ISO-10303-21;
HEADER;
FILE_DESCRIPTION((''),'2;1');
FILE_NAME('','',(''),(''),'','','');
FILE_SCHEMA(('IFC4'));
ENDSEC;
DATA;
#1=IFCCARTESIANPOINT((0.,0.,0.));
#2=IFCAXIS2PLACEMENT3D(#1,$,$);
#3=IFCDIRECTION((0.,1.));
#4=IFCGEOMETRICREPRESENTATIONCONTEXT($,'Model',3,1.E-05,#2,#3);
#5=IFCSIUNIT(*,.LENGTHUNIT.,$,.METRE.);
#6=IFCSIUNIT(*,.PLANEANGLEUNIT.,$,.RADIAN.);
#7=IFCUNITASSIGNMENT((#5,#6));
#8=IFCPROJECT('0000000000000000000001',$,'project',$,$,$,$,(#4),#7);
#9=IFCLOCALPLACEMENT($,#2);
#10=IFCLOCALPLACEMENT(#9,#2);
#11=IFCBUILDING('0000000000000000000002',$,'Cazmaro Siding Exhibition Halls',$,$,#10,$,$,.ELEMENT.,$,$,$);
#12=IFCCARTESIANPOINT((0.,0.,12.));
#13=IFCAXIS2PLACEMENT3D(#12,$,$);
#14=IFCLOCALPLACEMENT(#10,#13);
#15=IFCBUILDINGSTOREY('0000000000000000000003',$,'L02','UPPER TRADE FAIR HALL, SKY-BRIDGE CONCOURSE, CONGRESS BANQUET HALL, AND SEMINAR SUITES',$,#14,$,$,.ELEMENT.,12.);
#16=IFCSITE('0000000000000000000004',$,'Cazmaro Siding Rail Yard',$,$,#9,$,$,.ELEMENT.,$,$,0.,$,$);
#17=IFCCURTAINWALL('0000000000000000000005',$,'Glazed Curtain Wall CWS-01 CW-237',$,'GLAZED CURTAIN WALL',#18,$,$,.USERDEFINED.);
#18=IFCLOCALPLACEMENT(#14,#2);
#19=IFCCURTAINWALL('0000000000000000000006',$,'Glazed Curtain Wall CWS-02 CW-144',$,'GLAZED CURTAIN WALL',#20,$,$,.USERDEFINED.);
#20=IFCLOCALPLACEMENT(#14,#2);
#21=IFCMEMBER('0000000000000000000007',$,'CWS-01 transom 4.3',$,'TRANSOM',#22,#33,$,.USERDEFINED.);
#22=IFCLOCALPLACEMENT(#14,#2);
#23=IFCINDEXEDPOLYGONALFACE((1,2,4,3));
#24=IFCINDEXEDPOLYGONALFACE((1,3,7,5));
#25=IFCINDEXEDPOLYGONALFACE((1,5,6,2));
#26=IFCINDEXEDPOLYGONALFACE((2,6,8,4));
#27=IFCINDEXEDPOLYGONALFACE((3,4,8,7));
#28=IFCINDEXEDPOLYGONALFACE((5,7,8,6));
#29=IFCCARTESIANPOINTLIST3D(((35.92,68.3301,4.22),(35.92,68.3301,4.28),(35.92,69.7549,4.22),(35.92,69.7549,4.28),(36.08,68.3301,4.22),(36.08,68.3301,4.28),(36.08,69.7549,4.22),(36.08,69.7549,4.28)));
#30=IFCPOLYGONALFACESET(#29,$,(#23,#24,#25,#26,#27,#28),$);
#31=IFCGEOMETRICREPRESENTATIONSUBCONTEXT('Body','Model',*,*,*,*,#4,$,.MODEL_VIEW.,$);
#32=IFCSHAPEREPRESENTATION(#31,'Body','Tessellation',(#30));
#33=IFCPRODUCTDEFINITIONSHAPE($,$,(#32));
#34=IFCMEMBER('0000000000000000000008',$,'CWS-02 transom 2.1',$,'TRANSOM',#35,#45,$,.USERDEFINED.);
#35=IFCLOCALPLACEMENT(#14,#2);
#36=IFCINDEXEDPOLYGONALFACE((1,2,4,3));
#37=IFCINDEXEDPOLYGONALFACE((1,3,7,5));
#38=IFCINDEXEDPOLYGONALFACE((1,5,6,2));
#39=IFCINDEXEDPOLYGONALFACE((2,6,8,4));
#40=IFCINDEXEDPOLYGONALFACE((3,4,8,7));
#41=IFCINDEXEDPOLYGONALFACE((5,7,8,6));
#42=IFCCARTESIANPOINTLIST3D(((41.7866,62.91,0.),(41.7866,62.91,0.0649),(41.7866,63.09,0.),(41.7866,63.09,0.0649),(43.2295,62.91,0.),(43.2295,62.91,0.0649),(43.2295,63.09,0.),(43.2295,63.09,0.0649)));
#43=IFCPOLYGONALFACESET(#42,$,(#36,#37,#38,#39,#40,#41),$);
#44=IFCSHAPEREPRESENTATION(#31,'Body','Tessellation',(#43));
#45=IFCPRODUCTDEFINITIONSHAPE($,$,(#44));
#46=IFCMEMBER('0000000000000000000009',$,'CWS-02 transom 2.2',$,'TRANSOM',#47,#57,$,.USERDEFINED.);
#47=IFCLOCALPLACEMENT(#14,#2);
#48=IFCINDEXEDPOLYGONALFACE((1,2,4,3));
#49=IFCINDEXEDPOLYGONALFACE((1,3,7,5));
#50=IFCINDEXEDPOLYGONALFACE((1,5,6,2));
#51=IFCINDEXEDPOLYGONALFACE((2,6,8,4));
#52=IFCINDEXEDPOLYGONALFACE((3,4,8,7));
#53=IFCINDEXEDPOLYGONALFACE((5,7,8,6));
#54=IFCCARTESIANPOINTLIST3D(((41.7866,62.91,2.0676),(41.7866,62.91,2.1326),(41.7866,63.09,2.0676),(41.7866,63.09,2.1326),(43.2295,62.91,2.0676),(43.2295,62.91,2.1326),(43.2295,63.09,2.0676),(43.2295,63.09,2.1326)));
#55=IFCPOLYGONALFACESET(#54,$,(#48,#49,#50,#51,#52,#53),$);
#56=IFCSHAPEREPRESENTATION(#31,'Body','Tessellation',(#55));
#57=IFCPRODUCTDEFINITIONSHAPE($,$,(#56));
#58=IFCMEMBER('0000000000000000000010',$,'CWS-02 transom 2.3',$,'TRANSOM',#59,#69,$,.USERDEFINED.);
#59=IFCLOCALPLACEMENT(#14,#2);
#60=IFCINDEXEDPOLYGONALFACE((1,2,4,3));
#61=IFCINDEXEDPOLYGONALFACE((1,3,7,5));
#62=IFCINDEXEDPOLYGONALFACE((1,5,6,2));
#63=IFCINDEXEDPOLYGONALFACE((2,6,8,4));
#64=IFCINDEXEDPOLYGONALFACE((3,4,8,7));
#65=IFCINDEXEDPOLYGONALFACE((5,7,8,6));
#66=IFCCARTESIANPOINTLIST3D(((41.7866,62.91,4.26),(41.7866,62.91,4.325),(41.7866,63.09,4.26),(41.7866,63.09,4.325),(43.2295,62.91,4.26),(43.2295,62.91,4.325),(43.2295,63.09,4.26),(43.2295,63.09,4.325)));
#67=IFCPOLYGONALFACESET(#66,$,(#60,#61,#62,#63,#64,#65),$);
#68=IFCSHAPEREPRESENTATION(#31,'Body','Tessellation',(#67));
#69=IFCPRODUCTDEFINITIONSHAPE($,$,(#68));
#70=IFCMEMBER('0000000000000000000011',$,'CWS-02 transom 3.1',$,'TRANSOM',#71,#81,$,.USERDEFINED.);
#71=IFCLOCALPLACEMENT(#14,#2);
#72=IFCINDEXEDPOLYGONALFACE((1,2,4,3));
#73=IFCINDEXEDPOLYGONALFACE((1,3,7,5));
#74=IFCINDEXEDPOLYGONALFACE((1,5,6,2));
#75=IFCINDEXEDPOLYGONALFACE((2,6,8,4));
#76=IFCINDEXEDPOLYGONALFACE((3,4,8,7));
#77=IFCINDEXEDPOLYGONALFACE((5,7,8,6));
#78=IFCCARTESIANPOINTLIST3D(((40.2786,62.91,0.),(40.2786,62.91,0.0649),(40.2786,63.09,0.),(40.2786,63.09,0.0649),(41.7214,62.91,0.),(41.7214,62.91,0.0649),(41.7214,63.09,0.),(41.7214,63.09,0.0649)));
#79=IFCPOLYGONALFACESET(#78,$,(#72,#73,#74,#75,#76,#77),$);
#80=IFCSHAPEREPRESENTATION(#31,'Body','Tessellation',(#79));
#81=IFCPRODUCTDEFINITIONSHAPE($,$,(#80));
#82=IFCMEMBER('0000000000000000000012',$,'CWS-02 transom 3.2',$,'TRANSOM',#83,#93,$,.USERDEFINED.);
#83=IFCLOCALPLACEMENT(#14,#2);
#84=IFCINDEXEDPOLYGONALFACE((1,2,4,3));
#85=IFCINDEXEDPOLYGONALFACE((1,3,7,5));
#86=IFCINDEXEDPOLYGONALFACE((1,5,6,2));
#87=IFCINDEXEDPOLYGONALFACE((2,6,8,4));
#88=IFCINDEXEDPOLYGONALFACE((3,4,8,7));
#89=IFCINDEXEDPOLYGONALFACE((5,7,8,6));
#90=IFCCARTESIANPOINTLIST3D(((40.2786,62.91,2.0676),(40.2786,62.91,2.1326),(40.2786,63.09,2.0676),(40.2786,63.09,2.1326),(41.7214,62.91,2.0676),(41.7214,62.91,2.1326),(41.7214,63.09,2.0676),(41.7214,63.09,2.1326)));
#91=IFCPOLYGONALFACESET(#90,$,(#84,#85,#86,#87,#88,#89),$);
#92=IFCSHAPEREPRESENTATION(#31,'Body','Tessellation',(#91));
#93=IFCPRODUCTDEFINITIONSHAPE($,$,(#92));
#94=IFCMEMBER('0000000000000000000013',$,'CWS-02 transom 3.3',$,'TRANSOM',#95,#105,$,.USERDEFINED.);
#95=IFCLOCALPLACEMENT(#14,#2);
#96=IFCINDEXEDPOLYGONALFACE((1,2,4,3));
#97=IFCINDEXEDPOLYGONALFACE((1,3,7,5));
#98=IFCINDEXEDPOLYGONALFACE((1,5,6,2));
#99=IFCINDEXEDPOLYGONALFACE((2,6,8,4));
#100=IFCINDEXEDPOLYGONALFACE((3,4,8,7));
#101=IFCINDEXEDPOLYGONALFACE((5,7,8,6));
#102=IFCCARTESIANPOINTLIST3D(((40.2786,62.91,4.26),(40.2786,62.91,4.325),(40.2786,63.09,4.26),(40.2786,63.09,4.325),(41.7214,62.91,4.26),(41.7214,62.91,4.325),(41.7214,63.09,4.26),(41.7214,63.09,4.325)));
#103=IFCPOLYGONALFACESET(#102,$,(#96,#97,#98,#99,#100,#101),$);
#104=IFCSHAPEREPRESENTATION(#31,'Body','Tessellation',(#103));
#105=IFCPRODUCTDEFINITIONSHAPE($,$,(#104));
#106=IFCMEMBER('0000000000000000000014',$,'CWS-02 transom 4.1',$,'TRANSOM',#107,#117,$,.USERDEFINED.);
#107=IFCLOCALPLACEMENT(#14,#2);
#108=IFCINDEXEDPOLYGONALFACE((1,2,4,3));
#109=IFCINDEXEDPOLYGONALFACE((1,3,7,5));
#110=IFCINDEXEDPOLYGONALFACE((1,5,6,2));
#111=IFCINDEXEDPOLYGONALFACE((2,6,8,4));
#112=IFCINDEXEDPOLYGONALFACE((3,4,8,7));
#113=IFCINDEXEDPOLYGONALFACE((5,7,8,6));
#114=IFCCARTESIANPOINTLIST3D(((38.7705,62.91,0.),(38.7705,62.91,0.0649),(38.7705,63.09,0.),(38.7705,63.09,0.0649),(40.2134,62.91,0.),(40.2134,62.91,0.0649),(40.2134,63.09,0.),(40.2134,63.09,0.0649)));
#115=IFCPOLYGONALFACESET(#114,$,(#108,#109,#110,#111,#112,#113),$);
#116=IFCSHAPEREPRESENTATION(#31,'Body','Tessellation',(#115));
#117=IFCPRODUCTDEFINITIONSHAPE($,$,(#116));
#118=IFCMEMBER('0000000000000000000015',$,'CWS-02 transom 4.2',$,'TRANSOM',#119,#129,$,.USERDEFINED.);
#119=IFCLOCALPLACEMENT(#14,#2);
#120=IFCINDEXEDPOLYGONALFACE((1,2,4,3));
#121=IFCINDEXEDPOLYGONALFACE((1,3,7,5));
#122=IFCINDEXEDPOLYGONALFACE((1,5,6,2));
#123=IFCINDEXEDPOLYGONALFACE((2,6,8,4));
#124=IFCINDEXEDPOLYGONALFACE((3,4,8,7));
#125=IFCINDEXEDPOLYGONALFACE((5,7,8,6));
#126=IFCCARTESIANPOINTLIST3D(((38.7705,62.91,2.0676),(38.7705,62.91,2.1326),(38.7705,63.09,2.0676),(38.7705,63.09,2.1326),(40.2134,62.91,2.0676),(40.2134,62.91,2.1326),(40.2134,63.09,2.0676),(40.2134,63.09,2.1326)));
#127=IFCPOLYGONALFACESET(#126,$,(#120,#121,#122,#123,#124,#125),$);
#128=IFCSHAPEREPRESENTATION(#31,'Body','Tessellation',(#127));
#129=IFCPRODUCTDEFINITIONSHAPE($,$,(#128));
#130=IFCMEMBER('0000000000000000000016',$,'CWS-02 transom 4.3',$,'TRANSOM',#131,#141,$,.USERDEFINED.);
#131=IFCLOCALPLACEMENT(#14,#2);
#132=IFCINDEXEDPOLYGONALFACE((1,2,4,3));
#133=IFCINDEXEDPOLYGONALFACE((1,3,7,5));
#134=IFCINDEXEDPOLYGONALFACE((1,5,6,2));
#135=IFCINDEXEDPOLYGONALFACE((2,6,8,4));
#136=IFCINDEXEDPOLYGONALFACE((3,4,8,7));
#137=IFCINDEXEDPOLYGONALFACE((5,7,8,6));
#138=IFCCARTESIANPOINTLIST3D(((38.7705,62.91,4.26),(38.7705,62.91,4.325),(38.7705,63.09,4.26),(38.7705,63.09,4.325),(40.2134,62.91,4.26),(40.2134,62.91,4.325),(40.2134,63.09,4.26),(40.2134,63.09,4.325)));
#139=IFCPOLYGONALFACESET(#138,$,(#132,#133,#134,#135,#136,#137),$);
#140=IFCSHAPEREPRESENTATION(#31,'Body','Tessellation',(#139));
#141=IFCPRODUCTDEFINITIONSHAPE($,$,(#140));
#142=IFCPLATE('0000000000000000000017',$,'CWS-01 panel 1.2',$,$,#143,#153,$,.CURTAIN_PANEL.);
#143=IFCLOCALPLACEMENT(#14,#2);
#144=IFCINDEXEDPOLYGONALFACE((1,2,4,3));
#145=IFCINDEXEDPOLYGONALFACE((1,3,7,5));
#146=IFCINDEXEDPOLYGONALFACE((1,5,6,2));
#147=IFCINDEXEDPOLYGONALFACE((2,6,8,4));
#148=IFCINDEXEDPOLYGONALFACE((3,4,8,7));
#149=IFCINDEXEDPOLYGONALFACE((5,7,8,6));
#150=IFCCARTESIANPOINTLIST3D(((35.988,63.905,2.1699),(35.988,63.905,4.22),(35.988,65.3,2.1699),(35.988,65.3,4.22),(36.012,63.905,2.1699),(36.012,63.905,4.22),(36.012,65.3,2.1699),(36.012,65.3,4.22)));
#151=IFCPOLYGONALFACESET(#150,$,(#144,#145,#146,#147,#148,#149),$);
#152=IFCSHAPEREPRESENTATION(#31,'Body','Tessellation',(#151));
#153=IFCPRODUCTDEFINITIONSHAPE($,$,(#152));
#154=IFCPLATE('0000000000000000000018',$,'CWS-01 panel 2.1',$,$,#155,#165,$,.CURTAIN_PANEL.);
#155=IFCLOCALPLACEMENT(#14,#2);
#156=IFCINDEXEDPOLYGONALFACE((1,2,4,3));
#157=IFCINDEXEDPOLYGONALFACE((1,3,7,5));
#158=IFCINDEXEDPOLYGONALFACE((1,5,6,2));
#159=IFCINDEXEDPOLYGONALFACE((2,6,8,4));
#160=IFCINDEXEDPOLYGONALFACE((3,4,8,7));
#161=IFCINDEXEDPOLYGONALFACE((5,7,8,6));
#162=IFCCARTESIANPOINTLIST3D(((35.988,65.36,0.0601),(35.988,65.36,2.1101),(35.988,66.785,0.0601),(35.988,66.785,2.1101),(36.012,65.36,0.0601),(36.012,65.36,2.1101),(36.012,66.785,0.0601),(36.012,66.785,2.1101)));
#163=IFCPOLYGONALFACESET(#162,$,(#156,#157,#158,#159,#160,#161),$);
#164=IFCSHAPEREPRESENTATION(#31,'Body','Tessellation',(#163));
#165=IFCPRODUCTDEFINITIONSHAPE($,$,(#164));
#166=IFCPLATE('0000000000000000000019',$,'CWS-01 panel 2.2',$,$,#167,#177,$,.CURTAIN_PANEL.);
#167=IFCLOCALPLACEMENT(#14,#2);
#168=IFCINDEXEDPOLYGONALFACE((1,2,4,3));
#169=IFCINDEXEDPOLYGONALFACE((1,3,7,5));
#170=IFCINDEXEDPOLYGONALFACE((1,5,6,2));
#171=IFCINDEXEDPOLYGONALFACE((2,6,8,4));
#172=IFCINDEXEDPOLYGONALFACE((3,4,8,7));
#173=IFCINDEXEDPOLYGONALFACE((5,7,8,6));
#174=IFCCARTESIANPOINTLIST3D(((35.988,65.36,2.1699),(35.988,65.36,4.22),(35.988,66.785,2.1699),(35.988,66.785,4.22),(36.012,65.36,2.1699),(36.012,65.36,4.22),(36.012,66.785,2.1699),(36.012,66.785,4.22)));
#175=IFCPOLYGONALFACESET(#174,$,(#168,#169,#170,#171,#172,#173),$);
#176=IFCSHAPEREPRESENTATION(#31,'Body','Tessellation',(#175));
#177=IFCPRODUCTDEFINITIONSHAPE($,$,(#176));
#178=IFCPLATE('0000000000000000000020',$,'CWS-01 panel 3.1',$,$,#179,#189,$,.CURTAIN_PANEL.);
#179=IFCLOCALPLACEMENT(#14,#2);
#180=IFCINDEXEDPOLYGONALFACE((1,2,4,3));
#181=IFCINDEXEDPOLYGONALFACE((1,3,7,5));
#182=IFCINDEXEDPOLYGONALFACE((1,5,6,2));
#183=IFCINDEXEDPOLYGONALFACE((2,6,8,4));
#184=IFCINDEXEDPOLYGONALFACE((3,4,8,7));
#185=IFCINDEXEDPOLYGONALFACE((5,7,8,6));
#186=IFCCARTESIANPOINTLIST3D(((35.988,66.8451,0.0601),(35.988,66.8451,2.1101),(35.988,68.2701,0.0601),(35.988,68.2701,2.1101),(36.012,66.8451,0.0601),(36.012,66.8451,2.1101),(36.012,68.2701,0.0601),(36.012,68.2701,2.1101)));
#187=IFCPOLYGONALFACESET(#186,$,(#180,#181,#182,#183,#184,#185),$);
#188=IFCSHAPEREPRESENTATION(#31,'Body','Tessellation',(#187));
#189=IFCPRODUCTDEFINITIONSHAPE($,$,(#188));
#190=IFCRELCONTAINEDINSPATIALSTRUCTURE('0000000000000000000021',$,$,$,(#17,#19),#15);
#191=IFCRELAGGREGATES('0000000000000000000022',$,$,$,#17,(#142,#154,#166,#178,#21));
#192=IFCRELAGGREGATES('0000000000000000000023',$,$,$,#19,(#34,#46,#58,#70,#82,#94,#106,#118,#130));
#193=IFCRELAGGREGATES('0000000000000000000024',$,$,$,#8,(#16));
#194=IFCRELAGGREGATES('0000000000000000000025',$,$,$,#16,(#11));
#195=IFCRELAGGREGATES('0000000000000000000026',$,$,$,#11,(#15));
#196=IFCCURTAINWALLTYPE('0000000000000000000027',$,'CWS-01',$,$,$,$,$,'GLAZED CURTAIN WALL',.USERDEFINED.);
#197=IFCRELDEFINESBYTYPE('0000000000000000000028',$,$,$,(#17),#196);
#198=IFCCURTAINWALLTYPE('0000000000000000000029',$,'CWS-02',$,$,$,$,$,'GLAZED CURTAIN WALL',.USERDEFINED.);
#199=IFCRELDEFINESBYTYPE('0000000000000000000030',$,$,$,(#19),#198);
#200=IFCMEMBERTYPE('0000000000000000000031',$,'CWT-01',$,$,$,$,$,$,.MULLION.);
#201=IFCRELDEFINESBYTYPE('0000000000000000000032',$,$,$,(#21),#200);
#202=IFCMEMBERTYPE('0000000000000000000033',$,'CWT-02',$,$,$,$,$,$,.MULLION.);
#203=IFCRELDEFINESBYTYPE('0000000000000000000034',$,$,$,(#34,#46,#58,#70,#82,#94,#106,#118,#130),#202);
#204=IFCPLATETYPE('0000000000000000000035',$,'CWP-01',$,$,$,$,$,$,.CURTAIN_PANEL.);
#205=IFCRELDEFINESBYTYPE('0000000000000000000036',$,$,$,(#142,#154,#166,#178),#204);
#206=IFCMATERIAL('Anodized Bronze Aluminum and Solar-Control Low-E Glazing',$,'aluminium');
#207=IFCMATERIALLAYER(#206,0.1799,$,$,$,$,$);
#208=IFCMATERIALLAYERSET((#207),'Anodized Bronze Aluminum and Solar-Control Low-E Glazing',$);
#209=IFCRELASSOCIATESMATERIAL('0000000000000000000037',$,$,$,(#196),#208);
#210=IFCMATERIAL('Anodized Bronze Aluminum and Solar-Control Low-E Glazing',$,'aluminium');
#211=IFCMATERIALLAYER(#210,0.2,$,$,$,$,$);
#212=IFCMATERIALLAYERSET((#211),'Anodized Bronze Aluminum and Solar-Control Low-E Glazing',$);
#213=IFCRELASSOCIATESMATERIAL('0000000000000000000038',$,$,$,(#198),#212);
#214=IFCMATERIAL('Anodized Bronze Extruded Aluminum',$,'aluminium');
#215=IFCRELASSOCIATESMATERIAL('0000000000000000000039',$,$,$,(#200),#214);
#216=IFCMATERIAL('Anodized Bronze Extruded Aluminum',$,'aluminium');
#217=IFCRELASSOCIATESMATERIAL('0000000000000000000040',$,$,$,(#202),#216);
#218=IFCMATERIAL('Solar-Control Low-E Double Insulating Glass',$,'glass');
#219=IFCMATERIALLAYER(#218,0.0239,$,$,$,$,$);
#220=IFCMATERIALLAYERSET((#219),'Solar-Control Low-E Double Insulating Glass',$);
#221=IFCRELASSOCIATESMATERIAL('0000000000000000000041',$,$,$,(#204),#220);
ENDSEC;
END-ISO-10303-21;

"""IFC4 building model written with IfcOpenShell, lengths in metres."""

from ifc_helpers import new_model, si_unit, direction, frame, origin, origin_2d, place, context, subcontext, project, spatial, rectangle, extrude, material, layer, layer_set, material_profile, profile_set, type_object, element, aggregate, save


model = new_model("IFC4")

# Units and contexts
model_context = context("Model", 3, precision=1e-05, world=origin(), true_north=direction((0.0, 1.0)))
body_context = subcontext(model_context, "Body", "Model", "MODEL_VIEW")
ifc_project = project(units=[si_unit("LENGTHUNIT", "METRE"), si_unit("PLANEANGLEUNIT", "RADIAN")], contexts=[model_context])

# Site, building, storey
site_placement = place(None, origin())
site = spatial("IfcSite", under=ifc_project, at=site_placement, Name="Cazmaro Siding Rail Yard", CompositionType="ELEMENT", RefElevation=0.0)
building_placement = place(site_placement, origin())
building = spatial("IfcBuilding", under=site, at=building_placement, Name="Cazmaro Siding Exhibition Halls", CompositionType="ELEMENT")
storey_placement = place(building_placement, frame((0.0, 0.0, 12.0)))
storey = spatial("IfcBuildingStorey", under=building, at=storey_placement, Name="L02", Description="UPPER TRADE FAIR HALL, SKY-BRIDGE CONCOURSE, CONGRESS BANQUET HALL, AND SEMINAR SUITES", CompositionType="ELEMENT", Elevation=12.0)

# Curtain walls
ifc_material_1 = material(Name="Anodized Bronze Aluminum and Solar-Control Low-E Glazing", Category="aluminium")
ifc_layer_1 = layer(ifc_material_1, 0.1799)
ifc_layer_set_1 = layer_set([ifc_layer_1], Name="Anodized Bronze Aluminum and Solar-Control Low-E Glazing")
curtain_wall_type_1 = type_object("IfcCurtainWallType", Name="CWS-01", ElementType="GLAZED CURTAIN WALL", PredefinedType="USERDEFINED", material=ifc_layer_set_1)
curtain_wall_1_placement = place(storey_placement, origin())
curtain_wall_1 = element("IfcCurtainWall", 1, at=curtain_wall_1_placement, inside=storey, type_object=curtain_wall_type_1, Name="Glazed Curtain Wall CWS-01 CW-237", ObjectType="GLAZED CURTAIN WALL", PredefinedType="USERDEFINED")
ifc_material_2 = material(Name="Anodized Bronze Aluminum and Solar-Control Low-E Glazing", Category="aluminium")
ifc_layer_2 = layer(ifc_material_2, 0.2)
ifc_layer_set_2 = layer_set([ifc_layer_2], Name="Anodized Bronze Aluminum and Solar-Control Low-E Glazing")
curtain_wall_type_2 = type_object("IfcCurtainWallType", Name="CWS-02", ElementType="GLAZED CURTAIN WALL", PredefinedType="USERDEFINED", material=ifc_layer_set_2)
curtain_wall_2_placement = place(storey_placement, origin())
curtain_wall_2 = element("IfcCurtainWall", 2, at=curtain_wall_2_placement, inside=storey, type_object=curtain_wall_type_2, Name="Glazed Curtain Wall CWS-02 CW-144", ObjectType="GLAZED CURTAIN WALL", PredefinedType="USERDEFINED")

# Members
ifc_material_3 = material(Name="Anodized Bronze Extruded Aluminum", Category="aluminium")
ifc_material_profile_1 = material_profile(ifc_material_3, rectangle(XDim=0.1599, YDim=0.0601, at=origin_2d()), Name="CWT-01")
ifc_profile_set_1 = profile_set([ifc_material_profile_1], Name="Anodized Bronze Extruded Aluminum")
member_type_1 = type_object("IfcMemberType", Name="CWT-01", PredefinedType="MULLION", material=ifc_profile_set_1)
member_1_placement = place(storey_placement, frame((36.0, 68.3301, 4.25), z_axis=(0.0, 1.0, 0.0), x_axis=(-1.0, 0.0, 0.0)))
member_1 = element("IfcMember", 3, at=member_1_placement, type_object=member_type_1, Name="CWS-01 transom 4.3", ObjectType="TRANSOM", PredefinedType="USERDEFINED", context=body_context, shape_type="SweptSolid", body=[
    extrude(rectangle(XDim=0.1599, YDim=0.0601, at=origin_2d()), origin(), (0.0, 0.0, 1.0), 1.4248),
])
ifc_material_4 = material(Name="Anodized Bronze Extruded Aluminum", Category="aluminium")
ifc_material_profile_2 = material_profile(ifc_material_4, rectangle(XDim=0.1799, YDim=0.0649, at=origin_2d()), Name="CWT-02")
ifc_profile_set_2 = profile_set([ifc_material_profile_2], Name="Anodized Bronze Extruded Aluminum")
member_type_2 = type_object("IfcMemberType", Name="CWT-02", PredefinedType="MULLION", material=ifc_profile_set_2)
member_2_placement = place(storey_placement, frame((43.2295, 63.0, 0.0325), z_axis=(-1.0, 0.0, 0.0), x_axis=(0.0, -1.0, 0.0)))
member_2 = element("IfcMember", 4, at=member_2_placement, type_object=member_type_2, Name="CWS-02 transom 2.1", ObjectType="TRANSOM", PredefinedType="USERDEFINED", context=body_context, shape_type="SweptSolid", body=[
    extrude(rectangle(XDim=0.1799, YDim=0.0649, at=origin_2d()), origin(), (0.0, 0.0, 1.0), 1.4429),
])
member_3_placement = place(storey_placement, frame((43.2295, 63.0, 2.1001), z_axis=(-1.0, 0.0, 0.0), x_axis=(0.0, -1.0, 0.0)))
member_3 = element("IfcMember", 5, at=member_3_placement, type_object=member_type_2, Name="CWS-02 transom 2.2", ObjectType="TRANSOM", PredefinedType="USERDEFINED", context=body_context, shape_type="SweptSolid", body=[
    extrude(rectangle(XDim=0.1799, YDim=0.0649, at=origin_2d()), origin(), (0.0, 0.0, 1.0), 1.4429),
])
member_4_placement = place(storey_placement, frame((43.2295, 63.0, 4.2925), z_axis=(-1.0, 0.0, 0.0), x_axis=(0.0, -1.0, 0.0)))
member_4 = element("IfcMember", 6, at=member_4_placement, type_object=member_type_2, Name="CWS-02 transom 2.3", ObjectType="TRANSOM", PredefinedType="USERDEFINED", context=body_context, shape_type="SweptSolid", body=[
    extrude(rectangle(XDim=0.1799, YDim=0.0649, at=origin_2d()), origin(), (0.0, 0.0, 1.0), 1.4429),
])
member_5_placement = place(storey_placement, frame((41.7214, 63.0, 0.0325), z_axis=(-1.0, 0.0, 0.0), x_axis=(0.0, -1.0, 0.0)))
member_5 = element("IfcMember", 7, at=member_5_placement, type_object=member_type_2, Name="CWS-02 transom 3.1", ObjectType="TRANSOM", PredefinedType="USERDEFINED", context=body_context, shape_type="SweptSolid", body=[
    extrude(rectangle(XDim=0.1799, YDim=0.0649, at=origin_2d()), origin(), (0.0, 0.0, 1.0), 1.4429),
])
member_6_placement = place(storey_placement, frame((41.7214, 63.0, 2.1001), z_axis=(-1.0, 0.0, 0.0), x_axis=(0.0, -1.0, 0.0)))
member_6 = element("IfcMember", 8, at=member_6_placement, type_object=member_type_2, Name="CWS-02 transom 3.2", ObjectType="TRANSOM", PredefinedType="USERDEFINED", context=body_context, shape_type="SweptSolid", body=[
    extrude(rectangle(XDim=0.1799, YDim=0.0649, at=origin_2d()), origin(), (0.0, 0.0, 1.0), 1.4429),
])
member_7_placement = place(storey_placement, frame((41.7214, 63.0, 4.2925), z_axis=(-1.0, 0.0, 0.0), x_axis=(0.0, -1.0, 0.0)))
member_7 = element("IfcMember", 9, at=member_7_placement, type_object=member_type_2, Name="CWS-02 transom 3.3", ObjectType="TRANSOM", PredefinedType="USERDEFINED", context=body_context, shape_type="SweptSolid", body=[
    extrude(rectangle(XDim=0.1799, YDim=0.0649, at=origin_2d()), origin(), (0.0, 0.0, 1.0), 1.4429),
])
member_8_placement = place(storey_placement, frame((40.2134, 63.0, 0.0325), z_axis=(-1.0, 0.0, 0.0), x_axis=(0.0, -1.0, 0.0)))
member_8 = element("IfcMember", 10, at=member_8_placement, type_object=member_type_2, Name="CWS-02 transom 4.1", ObjectType="TRANSOM", PredefinedType="USERDEFINED", context=body_context, shape_type="SweptSolid", body=[
    extrude(rectangle(XDim=0.1799, YDim=0.0649, at=origin_2d()), origin(), (0.0, 0.0, 1.0), 1.4429),
])
member_9_placement = place(storey_placement, frame((40.2134, 63.0, 2.1001), z_axis=(-1.0, 0.0, 0.0), x_axis=(0.0, -1.0, 0.0)))
member_9 = element("IfcMember", 11, at=member_9_placement, type_object=member_type_2, Name="CWS-02 transom 4.2", ObjectType="TRANSOM", PredefinedType="USERDEFINED", context=body_context, shape_type="SweptSolid", body=[
    extrude(rectangle(XDim=0.1799, YDim=0.0649, at=origin_2d()), origin(), (0.0, 0.0, 1.0), 1.4429),
])
member_10_placement = place(storey_placement, frame((40.2134, 63.0, 4.2925), z_axis=(-1.0, 0.0, 0.0), x_axis=(0.0, -1.0, 0.0)))
member_10 = element("IfcMember", 12, at=member_10_placement, type_object=member_type_2, Name="CWS-02 transom 4.3", ObjectType="TRANSOM", PredefinedType="USERDEFINED", context=body_context, shape_type="SweptSolid", body=[
    extrude(rectangle(XDim=0.1799, YDim=0.0649, at=origin_2d()), origin(), (0.0, 0.0, 1.0), 1.4429),
])

# Plates
ifc_material_5 = material(Name="Solar-Control Low-E Double Insulating Glass", Category="glass")
ifc_layer_3 = layer(ifc_material_5, 0.0239)
ifc_layer_set_3 = layer_set([ifc_layer_3], Name="Solar-Control Low-E Double Insulating Glass")
plate_type_1 = type_object("IfcPlateType", Name="CWP-01", PredefinedType="CURTAIN_PANEL", material=ifc_layer_set_3)
plate_1_placement = place(storey_placement, frame((36.0, 64.6025, 2.1699), z_axis=(0.0, 0.0, 1.0), x_axis=(0.0, 1.0, 0.0)))
plate_1 = element("IfcPlate", 13, at=plate_1_placement, type_object=plate_type_1, Name="CWS-01 panel 1.2", PredefinedType="CURTAIN_PANEL", context=body_context, shape_type="SweptSolid", body=[
    extrude(rectangle(XDim=1.395, YDim=0.0239, at=origin_2d()), origin(), (0.0, 0.0, 1.0), 2.05),
])
plate_2_placement = place(storey_placement, frame((36.0, 66.0725, 0.0601), z_axis=(0.0, 0.0, 1.0), x_axis=(0.0, 1.0, 0.0)))
plate_2 = element("IfcPlate", 14, at=plate_2_placement, type_object=plate_type_1, Name="CWS-01 panel 2.1", PredefinedType="CURTAIN_PANEL", context=body_context, shape_type="SweptSolid", body=[
    extrude(rectangle(XDim=1.425, YDim=0.0239, at=origin_2d()), origin(), (0.0, 0.0, 1.0), 2.05),
])
plate_3_placement = place(storey_placement, frame((36.0, 66.0725, 2.1699), z_axis=(0.0, 0.0, 1.0), x_axis=(0.0, 1.0, 0.0)))
plate_3 = element("IfcPlate", 15, at=plate_3_placement, type_object=plate_type_1, Name="CWS-01 panel 2.2", PredefinedType="CURTAIN_PANEL", context=body_context, shape_type="SweptSolid", body=[
    extrude(rectangle(XDim=1.425, YDim=0.0239, at=origin_2d()), origin(), (0.0, 0.0, 1.0), 2.05),
])
plate_4_placement = place(storey_placement, frame((36.0, 67.5576, 0.0601), z_axis=(0.0, 0.0, 1.0), x_axis=(0.0, 1.0, 0.0)))
plate_4 = element("IfcPlate", 16, at=plate_4_placement, type_object=plate_type_1, Name="CWS-01 panel 3.1", PredefinedType="CURTAIN_PANEL", context=body_context, shape_type="SweptSolid", body=[
    extrude(rectangle(XDim=1.425, YDim=0.0239, at=origin_2d()), origin(), (0.0, 0.0, 1.0), 2.05),
])
aggregate(curtain_wall_1, [plate_1, plate_2, plate_3, plate_4, member_1])
aggregate(curtain_wall_2, [member_2, member_3, member_4, member_5, member_6, member_7, member_8, member_9, member_10])

save(model, "model.ifc")
